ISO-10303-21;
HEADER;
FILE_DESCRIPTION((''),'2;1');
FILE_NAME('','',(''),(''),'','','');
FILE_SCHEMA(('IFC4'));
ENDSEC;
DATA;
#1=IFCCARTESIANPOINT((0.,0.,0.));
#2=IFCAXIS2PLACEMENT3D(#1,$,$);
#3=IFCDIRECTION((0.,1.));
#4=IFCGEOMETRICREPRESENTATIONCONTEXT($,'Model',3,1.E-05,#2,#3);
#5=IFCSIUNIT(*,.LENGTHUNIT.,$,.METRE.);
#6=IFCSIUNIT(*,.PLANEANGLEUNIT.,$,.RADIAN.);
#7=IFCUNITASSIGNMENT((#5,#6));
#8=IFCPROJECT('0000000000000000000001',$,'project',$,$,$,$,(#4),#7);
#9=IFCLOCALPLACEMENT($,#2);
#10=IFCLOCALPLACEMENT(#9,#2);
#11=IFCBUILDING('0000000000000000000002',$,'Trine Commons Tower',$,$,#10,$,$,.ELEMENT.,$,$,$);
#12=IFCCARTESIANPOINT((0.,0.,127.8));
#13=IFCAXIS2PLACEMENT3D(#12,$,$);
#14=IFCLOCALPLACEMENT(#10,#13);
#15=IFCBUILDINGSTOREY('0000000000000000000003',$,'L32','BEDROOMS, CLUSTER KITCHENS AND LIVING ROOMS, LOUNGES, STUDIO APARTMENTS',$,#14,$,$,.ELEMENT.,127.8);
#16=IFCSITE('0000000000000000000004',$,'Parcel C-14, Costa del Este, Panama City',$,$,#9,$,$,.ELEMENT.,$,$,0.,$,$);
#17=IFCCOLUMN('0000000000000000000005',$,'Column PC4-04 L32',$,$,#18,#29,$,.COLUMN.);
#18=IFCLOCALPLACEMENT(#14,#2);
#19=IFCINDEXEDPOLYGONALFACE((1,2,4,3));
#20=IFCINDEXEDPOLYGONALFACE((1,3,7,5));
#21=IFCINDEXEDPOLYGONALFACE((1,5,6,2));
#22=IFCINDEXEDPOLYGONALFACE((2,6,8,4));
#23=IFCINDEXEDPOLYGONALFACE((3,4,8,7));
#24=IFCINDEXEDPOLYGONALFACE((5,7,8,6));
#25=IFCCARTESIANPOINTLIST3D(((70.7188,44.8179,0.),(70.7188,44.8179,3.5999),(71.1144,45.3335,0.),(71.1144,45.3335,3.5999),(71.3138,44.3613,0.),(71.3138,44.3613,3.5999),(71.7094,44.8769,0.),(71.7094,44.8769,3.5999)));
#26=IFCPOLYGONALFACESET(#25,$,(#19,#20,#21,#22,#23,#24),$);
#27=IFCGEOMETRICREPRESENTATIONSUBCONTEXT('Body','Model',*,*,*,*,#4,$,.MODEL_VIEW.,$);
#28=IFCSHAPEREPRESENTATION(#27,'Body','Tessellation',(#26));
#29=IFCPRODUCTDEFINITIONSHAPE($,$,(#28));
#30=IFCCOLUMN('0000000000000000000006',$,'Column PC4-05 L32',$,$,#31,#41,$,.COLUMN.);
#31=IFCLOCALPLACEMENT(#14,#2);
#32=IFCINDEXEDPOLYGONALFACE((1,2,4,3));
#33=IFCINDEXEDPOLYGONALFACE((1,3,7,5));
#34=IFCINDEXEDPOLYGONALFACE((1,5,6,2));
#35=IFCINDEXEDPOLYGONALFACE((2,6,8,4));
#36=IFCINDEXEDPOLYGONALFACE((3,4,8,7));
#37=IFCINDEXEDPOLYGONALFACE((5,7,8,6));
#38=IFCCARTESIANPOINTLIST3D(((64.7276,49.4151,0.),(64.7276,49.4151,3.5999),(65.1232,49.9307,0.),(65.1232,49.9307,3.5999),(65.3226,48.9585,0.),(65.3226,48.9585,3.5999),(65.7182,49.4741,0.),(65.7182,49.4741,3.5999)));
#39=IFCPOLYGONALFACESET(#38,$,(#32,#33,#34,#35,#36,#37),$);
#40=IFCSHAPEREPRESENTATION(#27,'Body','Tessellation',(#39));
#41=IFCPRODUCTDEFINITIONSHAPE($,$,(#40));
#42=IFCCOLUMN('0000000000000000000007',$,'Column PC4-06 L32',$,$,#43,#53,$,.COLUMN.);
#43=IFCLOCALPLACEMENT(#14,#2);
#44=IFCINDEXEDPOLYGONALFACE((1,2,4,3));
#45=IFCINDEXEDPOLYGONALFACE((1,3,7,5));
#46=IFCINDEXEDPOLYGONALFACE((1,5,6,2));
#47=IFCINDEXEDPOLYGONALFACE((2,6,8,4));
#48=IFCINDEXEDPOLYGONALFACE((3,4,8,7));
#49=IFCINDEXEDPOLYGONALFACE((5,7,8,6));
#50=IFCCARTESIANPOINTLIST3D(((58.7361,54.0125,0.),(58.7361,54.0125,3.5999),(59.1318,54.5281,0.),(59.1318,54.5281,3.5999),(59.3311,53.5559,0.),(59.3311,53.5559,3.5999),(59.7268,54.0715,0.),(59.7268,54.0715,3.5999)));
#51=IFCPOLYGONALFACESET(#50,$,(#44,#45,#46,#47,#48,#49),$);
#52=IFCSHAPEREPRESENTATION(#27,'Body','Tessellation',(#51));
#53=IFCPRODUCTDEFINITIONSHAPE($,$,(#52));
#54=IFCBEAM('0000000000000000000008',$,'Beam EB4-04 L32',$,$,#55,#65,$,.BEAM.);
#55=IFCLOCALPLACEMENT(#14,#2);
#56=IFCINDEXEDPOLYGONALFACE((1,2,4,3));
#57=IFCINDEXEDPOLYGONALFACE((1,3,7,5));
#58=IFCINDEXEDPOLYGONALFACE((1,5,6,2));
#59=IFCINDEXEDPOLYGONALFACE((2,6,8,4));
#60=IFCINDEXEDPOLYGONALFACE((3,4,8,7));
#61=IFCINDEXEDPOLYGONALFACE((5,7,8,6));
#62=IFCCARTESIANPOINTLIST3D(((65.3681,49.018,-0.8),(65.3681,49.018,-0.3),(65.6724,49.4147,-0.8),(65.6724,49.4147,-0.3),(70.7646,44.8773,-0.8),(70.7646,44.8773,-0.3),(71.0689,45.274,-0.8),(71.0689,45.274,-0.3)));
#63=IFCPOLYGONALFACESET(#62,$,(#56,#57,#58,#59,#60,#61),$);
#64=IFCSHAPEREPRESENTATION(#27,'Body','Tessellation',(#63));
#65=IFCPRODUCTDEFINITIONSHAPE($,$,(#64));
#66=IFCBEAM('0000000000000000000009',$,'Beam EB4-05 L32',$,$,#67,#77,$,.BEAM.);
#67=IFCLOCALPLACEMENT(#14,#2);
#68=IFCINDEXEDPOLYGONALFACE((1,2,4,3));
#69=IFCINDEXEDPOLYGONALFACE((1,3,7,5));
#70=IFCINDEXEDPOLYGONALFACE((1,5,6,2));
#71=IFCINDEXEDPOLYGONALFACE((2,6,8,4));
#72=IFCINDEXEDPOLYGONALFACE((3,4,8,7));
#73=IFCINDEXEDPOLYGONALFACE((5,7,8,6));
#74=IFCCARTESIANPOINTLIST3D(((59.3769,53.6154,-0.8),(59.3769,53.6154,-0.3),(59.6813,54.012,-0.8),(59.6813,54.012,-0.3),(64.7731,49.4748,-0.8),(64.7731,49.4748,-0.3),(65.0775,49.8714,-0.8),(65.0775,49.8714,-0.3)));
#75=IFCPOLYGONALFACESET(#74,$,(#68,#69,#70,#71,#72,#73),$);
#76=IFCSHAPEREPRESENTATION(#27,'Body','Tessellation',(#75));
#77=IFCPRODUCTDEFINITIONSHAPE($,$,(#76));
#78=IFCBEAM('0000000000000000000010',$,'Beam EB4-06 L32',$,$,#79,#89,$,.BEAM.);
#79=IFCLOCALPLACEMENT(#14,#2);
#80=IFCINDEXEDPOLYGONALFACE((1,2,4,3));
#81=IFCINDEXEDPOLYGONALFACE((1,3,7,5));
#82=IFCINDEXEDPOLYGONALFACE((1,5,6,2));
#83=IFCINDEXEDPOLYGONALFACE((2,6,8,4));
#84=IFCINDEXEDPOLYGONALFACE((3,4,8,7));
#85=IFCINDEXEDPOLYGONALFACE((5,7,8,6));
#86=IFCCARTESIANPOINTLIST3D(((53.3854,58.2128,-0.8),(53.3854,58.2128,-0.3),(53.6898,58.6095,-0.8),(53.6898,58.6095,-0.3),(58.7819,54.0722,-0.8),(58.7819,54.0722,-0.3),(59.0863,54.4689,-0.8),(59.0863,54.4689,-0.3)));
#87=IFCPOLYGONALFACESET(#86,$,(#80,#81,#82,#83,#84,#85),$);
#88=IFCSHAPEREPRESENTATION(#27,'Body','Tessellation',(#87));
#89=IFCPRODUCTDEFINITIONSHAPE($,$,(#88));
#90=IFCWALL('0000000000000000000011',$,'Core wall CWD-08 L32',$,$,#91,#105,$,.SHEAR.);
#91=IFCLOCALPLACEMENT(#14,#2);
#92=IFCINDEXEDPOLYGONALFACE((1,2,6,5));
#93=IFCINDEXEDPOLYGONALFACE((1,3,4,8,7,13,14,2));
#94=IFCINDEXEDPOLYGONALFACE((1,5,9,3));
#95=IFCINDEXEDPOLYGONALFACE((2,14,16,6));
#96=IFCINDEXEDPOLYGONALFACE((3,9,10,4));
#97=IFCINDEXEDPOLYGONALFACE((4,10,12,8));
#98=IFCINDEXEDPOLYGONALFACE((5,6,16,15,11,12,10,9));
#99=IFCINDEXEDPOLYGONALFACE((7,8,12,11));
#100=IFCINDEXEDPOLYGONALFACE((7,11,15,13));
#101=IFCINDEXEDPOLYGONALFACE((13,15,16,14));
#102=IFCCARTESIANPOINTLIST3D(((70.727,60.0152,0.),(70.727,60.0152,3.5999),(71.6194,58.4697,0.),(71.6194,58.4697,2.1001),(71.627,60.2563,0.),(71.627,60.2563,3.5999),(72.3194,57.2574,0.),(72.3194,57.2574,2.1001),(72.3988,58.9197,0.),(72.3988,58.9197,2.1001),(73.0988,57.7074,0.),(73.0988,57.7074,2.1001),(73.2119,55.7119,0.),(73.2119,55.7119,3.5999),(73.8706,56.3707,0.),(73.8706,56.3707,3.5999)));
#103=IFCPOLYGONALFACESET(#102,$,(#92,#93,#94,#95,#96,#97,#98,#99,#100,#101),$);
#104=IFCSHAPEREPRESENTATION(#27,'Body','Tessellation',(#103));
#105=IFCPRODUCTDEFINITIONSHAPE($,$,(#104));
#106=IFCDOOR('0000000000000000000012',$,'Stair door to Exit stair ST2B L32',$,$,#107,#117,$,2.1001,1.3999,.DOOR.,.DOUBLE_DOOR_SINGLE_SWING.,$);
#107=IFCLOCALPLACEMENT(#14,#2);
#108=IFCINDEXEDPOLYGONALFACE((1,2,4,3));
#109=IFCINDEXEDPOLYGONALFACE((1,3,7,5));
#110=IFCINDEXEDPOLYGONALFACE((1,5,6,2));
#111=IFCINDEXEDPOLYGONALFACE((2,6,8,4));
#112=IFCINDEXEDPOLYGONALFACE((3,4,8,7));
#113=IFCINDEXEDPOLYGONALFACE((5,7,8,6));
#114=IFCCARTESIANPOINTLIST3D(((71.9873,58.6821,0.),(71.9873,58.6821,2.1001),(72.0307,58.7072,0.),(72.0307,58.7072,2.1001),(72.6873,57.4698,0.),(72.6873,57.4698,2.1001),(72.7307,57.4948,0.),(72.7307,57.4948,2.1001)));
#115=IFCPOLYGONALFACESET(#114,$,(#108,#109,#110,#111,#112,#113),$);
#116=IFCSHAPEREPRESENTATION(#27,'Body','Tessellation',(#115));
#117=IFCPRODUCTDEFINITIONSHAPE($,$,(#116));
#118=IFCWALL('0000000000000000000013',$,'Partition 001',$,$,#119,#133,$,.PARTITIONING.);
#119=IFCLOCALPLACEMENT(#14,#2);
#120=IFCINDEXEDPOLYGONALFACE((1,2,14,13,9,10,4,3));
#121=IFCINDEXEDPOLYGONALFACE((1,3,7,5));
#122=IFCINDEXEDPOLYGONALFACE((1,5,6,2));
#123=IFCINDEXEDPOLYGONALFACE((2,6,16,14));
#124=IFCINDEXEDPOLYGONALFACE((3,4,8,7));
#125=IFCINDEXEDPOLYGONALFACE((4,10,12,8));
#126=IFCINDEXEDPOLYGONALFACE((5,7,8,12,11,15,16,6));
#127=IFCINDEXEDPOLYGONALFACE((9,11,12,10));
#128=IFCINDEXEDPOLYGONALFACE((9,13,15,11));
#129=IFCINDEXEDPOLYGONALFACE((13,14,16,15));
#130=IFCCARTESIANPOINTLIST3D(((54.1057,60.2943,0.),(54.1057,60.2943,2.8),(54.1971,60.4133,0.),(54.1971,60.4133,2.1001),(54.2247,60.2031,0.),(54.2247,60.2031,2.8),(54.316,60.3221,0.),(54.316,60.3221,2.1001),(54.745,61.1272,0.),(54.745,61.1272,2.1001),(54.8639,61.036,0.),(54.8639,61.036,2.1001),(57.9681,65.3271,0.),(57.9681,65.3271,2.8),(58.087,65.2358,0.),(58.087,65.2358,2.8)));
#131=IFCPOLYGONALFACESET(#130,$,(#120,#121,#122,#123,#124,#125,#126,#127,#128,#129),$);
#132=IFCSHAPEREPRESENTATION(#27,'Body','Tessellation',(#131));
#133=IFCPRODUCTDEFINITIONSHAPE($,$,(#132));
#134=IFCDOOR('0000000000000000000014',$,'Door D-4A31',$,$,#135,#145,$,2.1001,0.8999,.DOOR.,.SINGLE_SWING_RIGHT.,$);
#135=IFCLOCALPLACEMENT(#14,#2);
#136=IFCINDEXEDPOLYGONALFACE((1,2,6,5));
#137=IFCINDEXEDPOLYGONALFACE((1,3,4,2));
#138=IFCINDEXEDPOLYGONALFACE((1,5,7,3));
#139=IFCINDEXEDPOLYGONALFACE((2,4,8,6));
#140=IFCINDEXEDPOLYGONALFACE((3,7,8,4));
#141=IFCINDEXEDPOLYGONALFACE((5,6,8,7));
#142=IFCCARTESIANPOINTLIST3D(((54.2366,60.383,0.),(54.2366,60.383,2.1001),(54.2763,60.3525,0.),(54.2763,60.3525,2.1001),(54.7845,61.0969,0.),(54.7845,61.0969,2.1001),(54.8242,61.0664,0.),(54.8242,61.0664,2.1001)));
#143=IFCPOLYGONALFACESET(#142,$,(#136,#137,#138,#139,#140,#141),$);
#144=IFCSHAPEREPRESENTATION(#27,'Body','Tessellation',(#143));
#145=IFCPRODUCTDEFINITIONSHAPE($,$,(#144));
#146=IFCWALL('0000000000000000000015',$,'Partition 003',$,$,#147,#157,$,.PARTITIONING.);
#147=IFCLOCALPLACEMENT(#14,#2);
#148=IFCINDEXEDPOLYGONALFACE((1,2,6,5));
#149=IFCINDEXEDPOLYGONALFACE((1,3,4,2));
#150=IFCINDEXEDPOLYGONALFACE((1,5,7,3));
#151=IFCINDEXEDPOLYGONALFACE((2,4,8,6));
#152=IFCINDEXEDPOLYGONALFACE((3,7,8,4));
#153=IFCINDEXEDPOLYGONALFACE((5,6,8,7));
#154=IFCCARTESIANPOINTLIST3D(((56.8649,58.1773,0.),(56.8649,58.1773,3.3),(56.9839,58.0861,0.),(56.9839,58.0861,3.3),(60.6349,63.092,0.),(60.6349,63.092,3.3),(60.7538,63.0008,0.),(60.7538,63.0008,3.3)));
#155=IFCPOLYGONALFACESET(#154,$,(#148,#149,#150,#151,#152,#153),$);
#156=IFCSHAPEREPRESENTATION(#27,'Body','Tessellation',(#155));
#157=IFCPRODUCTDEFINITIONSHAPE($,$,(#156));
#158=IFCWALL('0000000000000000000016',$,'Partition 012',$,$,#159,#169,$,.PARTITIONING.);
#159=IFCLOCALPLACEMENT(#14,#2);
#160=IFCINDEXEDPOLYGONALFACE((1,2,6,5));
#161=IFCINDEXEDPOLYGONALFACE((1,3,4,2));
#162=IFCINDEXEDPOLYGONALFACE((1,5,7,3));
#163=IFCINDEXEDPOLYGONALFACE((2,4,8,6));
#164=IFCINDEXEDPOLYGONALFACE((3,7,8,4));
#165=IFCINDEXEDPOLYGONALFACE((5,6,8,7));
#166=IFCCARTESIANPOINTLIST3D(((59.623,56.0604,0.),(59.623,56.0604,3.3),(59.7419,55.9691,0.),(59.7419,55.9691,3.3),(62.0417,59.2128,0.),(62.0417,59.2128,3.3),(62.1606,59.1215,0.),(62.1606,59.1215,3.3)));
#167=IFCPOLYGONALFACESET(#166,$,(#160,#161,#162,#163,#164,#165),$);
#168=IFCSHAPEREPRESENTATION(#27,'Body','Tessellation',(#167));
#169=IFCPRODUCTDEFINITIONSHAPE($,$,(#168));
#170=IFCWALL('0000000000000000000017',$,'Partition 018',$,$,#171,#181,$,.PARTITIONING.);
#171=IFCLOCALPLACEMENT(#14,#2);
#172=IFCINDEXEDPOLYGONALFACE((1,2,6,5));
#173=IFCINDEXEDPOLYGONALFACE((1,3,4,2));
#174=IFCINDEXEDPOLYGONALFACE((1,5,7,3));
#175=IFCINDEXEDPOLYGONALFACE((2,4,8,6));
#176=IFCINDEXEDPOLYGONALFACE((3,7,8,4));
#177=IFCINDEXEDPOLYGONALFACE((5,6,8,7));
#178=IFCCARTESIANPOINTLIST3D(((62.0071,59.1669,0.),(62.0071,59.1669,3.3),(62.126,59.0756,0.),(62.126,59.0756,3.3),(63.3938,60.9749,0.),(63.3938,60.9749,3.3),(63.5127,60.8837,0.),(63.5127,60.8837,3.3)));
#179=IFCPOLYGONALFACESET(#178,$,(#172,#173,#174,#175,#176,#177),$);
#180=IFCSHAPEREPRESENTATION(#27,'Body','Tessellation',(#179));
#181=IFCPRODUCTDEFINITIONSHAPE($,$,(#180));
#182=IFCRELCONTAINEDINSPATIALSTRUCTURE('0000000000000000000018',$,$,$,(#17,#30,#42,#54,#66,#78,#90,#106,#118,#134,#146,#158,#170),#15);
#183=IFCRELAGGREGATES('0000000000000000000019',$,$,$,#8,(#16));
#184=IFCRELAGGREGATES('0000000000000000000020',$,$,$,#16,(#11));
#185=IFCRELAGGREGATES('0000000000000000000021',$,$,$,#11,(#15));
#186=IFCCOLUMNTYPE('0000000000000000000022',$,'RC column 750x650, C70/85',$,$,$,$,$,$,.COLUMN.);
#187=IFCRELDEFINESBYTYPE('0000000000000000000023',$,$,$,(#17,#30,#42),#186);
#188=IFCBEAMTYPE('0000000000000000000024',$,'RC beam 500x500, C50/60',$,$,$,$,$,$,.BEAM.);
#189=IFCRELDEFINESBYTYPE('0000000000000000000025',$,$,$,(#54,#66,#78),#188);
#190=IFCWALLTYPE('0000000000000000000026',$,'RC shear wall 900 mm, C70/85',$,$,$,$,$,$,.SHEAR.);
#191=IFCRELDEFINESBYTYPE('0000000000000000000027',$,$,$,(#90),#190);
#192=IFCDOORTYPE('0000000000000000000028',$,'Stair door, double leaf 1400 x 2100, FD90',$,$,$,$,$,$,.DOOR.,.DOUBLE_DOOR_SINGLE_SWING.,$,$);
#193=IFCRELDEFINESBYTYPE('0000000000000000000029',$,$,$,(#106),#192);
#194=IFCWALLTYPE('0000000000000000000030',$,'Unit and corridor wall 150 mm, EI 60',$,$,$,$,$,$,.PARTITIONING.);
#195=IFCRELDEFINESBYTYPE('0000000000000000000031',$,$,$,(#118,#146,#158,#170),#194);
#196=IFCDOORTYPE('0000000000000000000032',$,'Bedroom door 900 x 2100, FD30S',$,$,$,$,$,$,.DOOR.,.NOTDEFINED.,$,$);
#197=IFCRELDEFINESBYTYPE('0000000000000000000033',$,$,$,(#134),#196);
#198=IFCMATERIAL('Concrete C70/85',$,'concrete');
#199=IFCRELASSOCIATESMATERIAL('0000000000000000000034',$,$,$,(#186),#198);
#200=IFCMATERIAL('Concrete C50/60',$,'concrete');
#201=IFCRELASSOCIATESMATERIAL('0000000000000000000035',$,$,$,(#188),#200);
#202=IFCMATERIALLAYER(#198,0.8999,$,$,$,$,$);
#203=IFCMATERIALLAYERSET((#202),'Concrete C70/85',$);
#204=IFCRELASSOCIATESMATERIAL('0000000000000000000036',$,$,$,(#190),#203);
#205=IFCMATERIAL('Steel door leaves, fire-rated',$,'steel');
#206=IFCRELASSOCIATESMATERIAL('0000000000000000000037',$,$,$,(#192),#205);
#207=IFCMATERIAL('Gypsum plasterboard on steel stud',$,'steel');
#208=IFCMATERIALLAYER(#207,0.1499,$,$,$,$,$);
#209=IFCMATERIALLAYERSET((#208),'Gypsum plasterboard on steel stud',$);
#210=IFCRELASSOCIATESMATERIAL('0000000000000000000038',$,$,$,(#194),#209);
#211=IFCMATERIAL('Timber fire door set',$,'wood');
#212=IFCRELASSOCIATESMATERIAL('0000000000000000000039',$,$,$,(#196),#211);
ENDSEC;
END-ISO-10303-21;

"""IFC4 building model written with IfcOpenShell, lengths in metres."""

from ifc_helpers import new_model, si_unit, direction, frame, frame_2d, origin, origin_2d, place, context, subcontext, project, spatial, polyline, rectangle, outline, extrude, material, layer, layer_set, material_profile, profile_set, type_object, element, fill, save


model = new_model("IFC4")

# Units and contexts
model_context = context("Model", 3, precision=1e-05, world=origin(), true_north=direction((0.0, 1.0)))
body_context = subcontext(model_context, "Body", "Model", "MODEL_VIEW")
ifc_project = project(units=[si_unit("LENGTHUNIT", "METRE"), si_unit("PLANEANGLEUNIT", "RADIAN")], contexts=[model_context])

# Site, building, storey
site_placement = place(None, origin())
site = spatial("IfcSite", under=ifc_project, at=site_placement, Name="Parcel C-14, Costa del Este, Panama City", CompositionType="ELEMENT", RefElevation=0.0)
building_placement = place(site_placement, origin())
building = spatial("IfcBuilding", under=site, at=building_placement, Name="Trine Commons Tower", CompositionType="ELEMENT")
storey_placement = place(building_placement, frame((0.0, 0.0, 127.8)))
storey = spatial("IfcBuildingStorey", under=building, at=storey_placement, Name="L32", Description="BEDROOMS, CLUSTER KITCHENS AND LIVING ROOMS, LOUNGES, STUDIO APARTMENTS", CompositionType="ELEMENT", Elevation=127.8)

# Columns
ifc_material_1 = material(Name="Concrete C70/85", Category="concrete")
ifc_material_profile_1 = material_profile(ifc_material_1, rectangle(XDim=0.75, YDim=0.6499, at=origin_2d()), Name="RC 750x650")
ifc_profile_set_1 = profile_set([ifc_material_profile_1], Name="Concrete C70/85")
column_type = type_object("IfcColumnType", Name="RC column 750x650, C70/85", PredefinedType="COLUMN", material=ifc_profile_set_1)
for number, where, z_axis, x_axis, name in (
    (1, (71.2141, 44.8474, 0.0), (0.0, 0.0, 1.0), (-0.793353, 0.608761, 0.0), "Column PC4-04 L32"),
    (2, (65.2229, 49.4446, 0.0), (0.0, 0.0, 1.0), (-0.793353, 0.608761, 0.0), "Column PC4-05 L32"),
    (3, (59.2314, 54.042, 0.0), (0.0, 0.0, 1.0), (-0.793353, 0.608761, 0.0), "Column PC4-06 L32"),
):
    element("IfcColumn", number, at=place(storey_placement, frame(where, z_axis=z_axis, x_axis=x_axis)), inside=storey, type_object=column_type, Name=name, PredefinedType="COLUMN", context=body_context, shape_type="SweptSolid", body=[
        extrude(rectangle(XDim=0.75, YDim=0.6499, at=origin_2d()), origin(), (0.0, 0.0, 1.0), 3.5999),
    ])

# Beams
ifc_material_2 = material(Name="Concrete C50/60", Category="concrete")
ifc_material_profile_2 = material_profile(ifc_material_2, rectangle(XDim=0.5, YDim=0.5, at=origin_2d()), Name="RC 500x500")
ifc_profile_set_2 = profile_set([ifc_material_profile_2], Name="Concrete C50/60")
beam_type = type_object("IfcBeamType", Name="RC beam 500x500, C50/60", PredefinedType="BEAM", material=ifc_profile_set_2)
beam_1_placement = place(storey_placement, frame((70.9167, 45.0757, -0.55), z_axis=(-0.793371, 0.608739, 0.0), x_axis=(-0.608739, -0.793371, 0.0)))
element("IfcBeam", 4, at=beam_1_placement, inside=storey, type_object=beam_type, Name="Beam EB4-04 L32", PredefinedType="BEAM", context=body_context, shape_type="SweptSolid", body=[
    extrude(rectangle(XDim=0.5, YDim=0.5, at=origin_2d()), origin(), (0.0, 0.0, 1.0), 6.802),
])
beam_2_placement = place(storey_placement, frame((64.9253, 49.6731, -0.55), z_axis=(-0.793357, 0.608756, 0.0), x_axis=(-0.608756, -0.793357, 0.0)))
element("IfcBeam", 5, at=beam_2_placement, inside=storey, type_object=beam_type, Name="Beam EB4-05 L32", PredefinedType="BEAM", context=body_context, shape_type="SweptSolid", body=[
    extrude(rectangle(XDim=0.5, YDim=0.5, at=origin_2d()), origin(), (0.0, 0.0, 1.0), 6.8018),
])
beam_3_placement = place(storey_placement, frame((58.9341, 54.2705, -0.55), z_axis=(-0.793371, 0.608739, 0.0), x_axis=(-0.608739, -0.793371, 0.0)))
element("IfcBeam", 6, at=beam_3_placement, inside=storey, type_object=beam_type, Name="Beam EB4-06 L32", PredefinedType="BEAM", context=body_context, shape_type="SweptSolid", body=[
    extrude(rectangle(XDim=0.5, YDim=0.5, at=origin_2d()), origin(), (0.0, 0.0, 1.0), 6.802),
])

# Walls, openings, doors
ifc_layer_1 = layer(ifc_material_1, 0.8999)
ifc_layer_set_1 = layer_set([ifc_layer_1], Name="Concrete C70/85")
wall_type_1 = type_object("IfcWallType", Name="RC shear wall 900 mm, C70/85", PredefinedType="SHEAR", material=ifc_layer_set_1)
wall_1_placement = place(storey_placement, frame((71.1167, 60.2402, 0.0), z_axis=(0.0, 0.0, 1.0), x_axis=(0.500039, -0.866003, 0.0)))
wall_1 = element("IfcWall", 7, at=wall_1_placement, inside=storey, type_object=wall_type_1, Name="Core wall CWD-08 L32", PredefinedType="SHEAR", context=body_context, shape_type="SweptSolid", body=[
    extrude(outline(polyline([(0.0, -0.45), (4.9692, -0.45), (4.728, 0.45), (0.2412, 0.45), (0.0, -0.45)])), origin(), (0.0, 0.0, 1.0), 3.5999),
])
opening_1_placement = place(wall_1_placement, frame((1.7847, 0.0, 0.0)))
opening_1 = element("IfcOpeningElement", 8, at=opening_1_placement, cuts=wall_1, PredefinedType="OPENING", context=body_context, shape_type="SweptSolid", body=[
    extrude(rectangle(XDim=1.3999, YDim=2.1001, at=frame_2d((0.7, 1.05))), frame((0.0, 0.46, 0.0), z_axis=(0.0, -1.0, 0.0), x_axis=(1.0, 0.0, 0.0)), (0.0, 0.0, 1.0), 0.9199),
])
ifc_material_3 = material(Name="Steel door leaves, fire-rated", Category="steel")
door_type_1 = type_object("IfcDoorType", Name="Stair door, double leaf 1400 x 2100, FD90", OperationType="DOUBLE_DOOR_SINGLE_SWING", PredefinedType="DOOR", material=ifc_material_3)
door_1_placement = place(opening_1_placement, origin())
door_1 = element("IfcDoor", 9, at=door_1_placement, inside=storey, type_object=door_type_1, Name="Stair door to Exit stair ST2B L32", OperationType="DOUBLE_DOOR_SINGLE_SWING", OverallHeight=2.1001, OverallWidth=1.3999, PredefinedType="DOOR", context=body_context, shape_type="SweptSolid", body=[
    extrude(rectangle(XDim=1.3999, YDim=2.1001, at=frame_2d((0.7, 1.05))), frame((0.0, 0.0249, 0.0), z_axis=(0.0, -1.0, 0.0), x_axis=(1.0, 0.0, 0.0)), (0.0, 0.0, 1.0), 0.05),
])
fill(opening_1, door_1)
ifc_material_4 = material(Name="Gypsum plasterboard on steel stud", Category="steel")
ifc_layer_2 = layer(ifc_material_4, 0.1499)
ifc_layer_set_2 = layer_set([ifc_layer_2], Name="Gypsum plasterboard on steel stud")
wall_type_2 = type_object("IfcWallType", Name="Unit and corridor wall 150 mm, EI 60", PredefinedType="PARTITIONING", material=ifc_layer_set_2)
wall_2_placement = place(storey_placement, frame((54.1653, 60.2488, 0.0), z_axis=(0.0, 0.0, 1.0), x_axis=(0.608818, 0.79331, 0.0)))
wall_2 = element("IfcWall", 10, at=wall_2_placement, inside=storey, type_object=wall_type_2, Name="Partition 001", PredefinedType="PARTITIONING", context=body_context, shape_type="SweptSolid", body=[
    extrude(rectangle(XDim=6.344, YDim=0.1499, at=frame_2d((3.1719, 0.0))), origin(), (0.0, 0.0, 1.0), 2.8),
])
opening_2_placement = place(wall_2_placement, frame((0.1499, 0.0, 0.0)))
opening_2 = element("IfcOpeningElement", 11, at=opening_2_placement, cuts=wall_2, PredefinedType="OPENING", context=body_context, shape_type="SweptSolid", body=[
    extrude(rectangle(XDim=0.8999, YDim=2.1001, at=frame_2d((0.45, 1.05))), frame((0.0, 0.085, 0.0), z_axis=(0.0, -1.0, 0.0), x_axis=(1.0, 0.0, 0.0)), (0.0, 0.0, 1.0), 0.1699),
])
ifc_material_5 = material(Name="Timber fire door set", Category="wood")
door_type_2 = type_object("IfcDoorType", Name="Bedroom door 900 x 2100, FD30S", OperationType="NOTDEFINED", PredefinedType="DOOR", material=ifc_material_5)
door_2_placement = place(opening_2_placement, frame((0.8999, 0.0, 0.0), z_axis=(0.0, 0.0, 1.0), x_axis=(-1.0, 0.0, 0.0)))
door_2 = element("IfcDoor", 12, at=door_2_placement, inside=storey, type_object=door_type_2, Name="Door D-4A31", OperationType="SINGLE_SWING_RIGHT", OverallHeight=2.1001, OverallWidth=0.8999, PredefinedType="DOOR", context=body_context, shape_type="SweptSolid", body=[
    extrude(rectangle(XDim=0.8999, YDim=2.1001, at=frame_2d((0.45, 1.05))), frame((0.0, 0.0249, 0.0), z_axis=(0.0, -1.0, 0.0), x_axis=(1.0, 0.0, 0.0)), (0.0, 0.0, 1.0), 0.05),
])
fill(opening_2, door_2)

# Walls
wall_3_placement = place(storey_placement, frame((56.9243, 58.1316, 0.0), z_axis=(0.0, 0.0, 1.0), x_axis=(0.608636, 0.79345, 0.0)))
element("IfcWall", 13, at=wall_3_placement, inside=storey, type_object=wall_type_2, Name="Partition 003", PredefinedType="PARTITIONING", context=body_context, shape_type="SweptSolid", body=[
    extrude(rectangle(XDim=6.1941, YDim=0.1499, at=frame_2d((3.0972, 0.0))), origin(), (0.0, 0.0, 1.0), 3.3),
])
wall_4_placement = place(storey_placement, frame((59.6824, 56.0146, 0.0), z_axis=(0.0, 0.0, 1.0), x_axis=(0.608733, 0.793375, 0.0)))
element("IfcWall", 14, at=wall_4_placement, inside=storey, type_object=wall_type_2, Name="Partition 012", PredefinedType="PARTITIONING", context=body_context, shape_type="SweptSolid", body=[
    extrude(rectangle(XDim=3.9734, YDim=0.1499, at=frame_2d((1.9868, 0.0))), origin(), (0.0, 0.0, 1.0), 3.3),
])
wall_5_placement = place(storey_placement, frame((62.0667, 59.1213, 0.0), z_axis=(0.0, 0.0, 1.0), x_axis=(0.608571, 0.793499, 0.0)))
element("IfcWall", 15, at=wall_5_placement, inside=storey, type_object=wall_type_2, Name="Partition 018", PredefinedType="PARTITIONING", context=body_context, shape_type="SweptSolid", body=[
    extrude(rectangle(XDim=2.2786, YDim=0.1499, at=frame_2d((1.1392, 0.0))), origin(), (0.0, 0.0, 1.0), 3.3),
])

save(model, "model.ifc")
